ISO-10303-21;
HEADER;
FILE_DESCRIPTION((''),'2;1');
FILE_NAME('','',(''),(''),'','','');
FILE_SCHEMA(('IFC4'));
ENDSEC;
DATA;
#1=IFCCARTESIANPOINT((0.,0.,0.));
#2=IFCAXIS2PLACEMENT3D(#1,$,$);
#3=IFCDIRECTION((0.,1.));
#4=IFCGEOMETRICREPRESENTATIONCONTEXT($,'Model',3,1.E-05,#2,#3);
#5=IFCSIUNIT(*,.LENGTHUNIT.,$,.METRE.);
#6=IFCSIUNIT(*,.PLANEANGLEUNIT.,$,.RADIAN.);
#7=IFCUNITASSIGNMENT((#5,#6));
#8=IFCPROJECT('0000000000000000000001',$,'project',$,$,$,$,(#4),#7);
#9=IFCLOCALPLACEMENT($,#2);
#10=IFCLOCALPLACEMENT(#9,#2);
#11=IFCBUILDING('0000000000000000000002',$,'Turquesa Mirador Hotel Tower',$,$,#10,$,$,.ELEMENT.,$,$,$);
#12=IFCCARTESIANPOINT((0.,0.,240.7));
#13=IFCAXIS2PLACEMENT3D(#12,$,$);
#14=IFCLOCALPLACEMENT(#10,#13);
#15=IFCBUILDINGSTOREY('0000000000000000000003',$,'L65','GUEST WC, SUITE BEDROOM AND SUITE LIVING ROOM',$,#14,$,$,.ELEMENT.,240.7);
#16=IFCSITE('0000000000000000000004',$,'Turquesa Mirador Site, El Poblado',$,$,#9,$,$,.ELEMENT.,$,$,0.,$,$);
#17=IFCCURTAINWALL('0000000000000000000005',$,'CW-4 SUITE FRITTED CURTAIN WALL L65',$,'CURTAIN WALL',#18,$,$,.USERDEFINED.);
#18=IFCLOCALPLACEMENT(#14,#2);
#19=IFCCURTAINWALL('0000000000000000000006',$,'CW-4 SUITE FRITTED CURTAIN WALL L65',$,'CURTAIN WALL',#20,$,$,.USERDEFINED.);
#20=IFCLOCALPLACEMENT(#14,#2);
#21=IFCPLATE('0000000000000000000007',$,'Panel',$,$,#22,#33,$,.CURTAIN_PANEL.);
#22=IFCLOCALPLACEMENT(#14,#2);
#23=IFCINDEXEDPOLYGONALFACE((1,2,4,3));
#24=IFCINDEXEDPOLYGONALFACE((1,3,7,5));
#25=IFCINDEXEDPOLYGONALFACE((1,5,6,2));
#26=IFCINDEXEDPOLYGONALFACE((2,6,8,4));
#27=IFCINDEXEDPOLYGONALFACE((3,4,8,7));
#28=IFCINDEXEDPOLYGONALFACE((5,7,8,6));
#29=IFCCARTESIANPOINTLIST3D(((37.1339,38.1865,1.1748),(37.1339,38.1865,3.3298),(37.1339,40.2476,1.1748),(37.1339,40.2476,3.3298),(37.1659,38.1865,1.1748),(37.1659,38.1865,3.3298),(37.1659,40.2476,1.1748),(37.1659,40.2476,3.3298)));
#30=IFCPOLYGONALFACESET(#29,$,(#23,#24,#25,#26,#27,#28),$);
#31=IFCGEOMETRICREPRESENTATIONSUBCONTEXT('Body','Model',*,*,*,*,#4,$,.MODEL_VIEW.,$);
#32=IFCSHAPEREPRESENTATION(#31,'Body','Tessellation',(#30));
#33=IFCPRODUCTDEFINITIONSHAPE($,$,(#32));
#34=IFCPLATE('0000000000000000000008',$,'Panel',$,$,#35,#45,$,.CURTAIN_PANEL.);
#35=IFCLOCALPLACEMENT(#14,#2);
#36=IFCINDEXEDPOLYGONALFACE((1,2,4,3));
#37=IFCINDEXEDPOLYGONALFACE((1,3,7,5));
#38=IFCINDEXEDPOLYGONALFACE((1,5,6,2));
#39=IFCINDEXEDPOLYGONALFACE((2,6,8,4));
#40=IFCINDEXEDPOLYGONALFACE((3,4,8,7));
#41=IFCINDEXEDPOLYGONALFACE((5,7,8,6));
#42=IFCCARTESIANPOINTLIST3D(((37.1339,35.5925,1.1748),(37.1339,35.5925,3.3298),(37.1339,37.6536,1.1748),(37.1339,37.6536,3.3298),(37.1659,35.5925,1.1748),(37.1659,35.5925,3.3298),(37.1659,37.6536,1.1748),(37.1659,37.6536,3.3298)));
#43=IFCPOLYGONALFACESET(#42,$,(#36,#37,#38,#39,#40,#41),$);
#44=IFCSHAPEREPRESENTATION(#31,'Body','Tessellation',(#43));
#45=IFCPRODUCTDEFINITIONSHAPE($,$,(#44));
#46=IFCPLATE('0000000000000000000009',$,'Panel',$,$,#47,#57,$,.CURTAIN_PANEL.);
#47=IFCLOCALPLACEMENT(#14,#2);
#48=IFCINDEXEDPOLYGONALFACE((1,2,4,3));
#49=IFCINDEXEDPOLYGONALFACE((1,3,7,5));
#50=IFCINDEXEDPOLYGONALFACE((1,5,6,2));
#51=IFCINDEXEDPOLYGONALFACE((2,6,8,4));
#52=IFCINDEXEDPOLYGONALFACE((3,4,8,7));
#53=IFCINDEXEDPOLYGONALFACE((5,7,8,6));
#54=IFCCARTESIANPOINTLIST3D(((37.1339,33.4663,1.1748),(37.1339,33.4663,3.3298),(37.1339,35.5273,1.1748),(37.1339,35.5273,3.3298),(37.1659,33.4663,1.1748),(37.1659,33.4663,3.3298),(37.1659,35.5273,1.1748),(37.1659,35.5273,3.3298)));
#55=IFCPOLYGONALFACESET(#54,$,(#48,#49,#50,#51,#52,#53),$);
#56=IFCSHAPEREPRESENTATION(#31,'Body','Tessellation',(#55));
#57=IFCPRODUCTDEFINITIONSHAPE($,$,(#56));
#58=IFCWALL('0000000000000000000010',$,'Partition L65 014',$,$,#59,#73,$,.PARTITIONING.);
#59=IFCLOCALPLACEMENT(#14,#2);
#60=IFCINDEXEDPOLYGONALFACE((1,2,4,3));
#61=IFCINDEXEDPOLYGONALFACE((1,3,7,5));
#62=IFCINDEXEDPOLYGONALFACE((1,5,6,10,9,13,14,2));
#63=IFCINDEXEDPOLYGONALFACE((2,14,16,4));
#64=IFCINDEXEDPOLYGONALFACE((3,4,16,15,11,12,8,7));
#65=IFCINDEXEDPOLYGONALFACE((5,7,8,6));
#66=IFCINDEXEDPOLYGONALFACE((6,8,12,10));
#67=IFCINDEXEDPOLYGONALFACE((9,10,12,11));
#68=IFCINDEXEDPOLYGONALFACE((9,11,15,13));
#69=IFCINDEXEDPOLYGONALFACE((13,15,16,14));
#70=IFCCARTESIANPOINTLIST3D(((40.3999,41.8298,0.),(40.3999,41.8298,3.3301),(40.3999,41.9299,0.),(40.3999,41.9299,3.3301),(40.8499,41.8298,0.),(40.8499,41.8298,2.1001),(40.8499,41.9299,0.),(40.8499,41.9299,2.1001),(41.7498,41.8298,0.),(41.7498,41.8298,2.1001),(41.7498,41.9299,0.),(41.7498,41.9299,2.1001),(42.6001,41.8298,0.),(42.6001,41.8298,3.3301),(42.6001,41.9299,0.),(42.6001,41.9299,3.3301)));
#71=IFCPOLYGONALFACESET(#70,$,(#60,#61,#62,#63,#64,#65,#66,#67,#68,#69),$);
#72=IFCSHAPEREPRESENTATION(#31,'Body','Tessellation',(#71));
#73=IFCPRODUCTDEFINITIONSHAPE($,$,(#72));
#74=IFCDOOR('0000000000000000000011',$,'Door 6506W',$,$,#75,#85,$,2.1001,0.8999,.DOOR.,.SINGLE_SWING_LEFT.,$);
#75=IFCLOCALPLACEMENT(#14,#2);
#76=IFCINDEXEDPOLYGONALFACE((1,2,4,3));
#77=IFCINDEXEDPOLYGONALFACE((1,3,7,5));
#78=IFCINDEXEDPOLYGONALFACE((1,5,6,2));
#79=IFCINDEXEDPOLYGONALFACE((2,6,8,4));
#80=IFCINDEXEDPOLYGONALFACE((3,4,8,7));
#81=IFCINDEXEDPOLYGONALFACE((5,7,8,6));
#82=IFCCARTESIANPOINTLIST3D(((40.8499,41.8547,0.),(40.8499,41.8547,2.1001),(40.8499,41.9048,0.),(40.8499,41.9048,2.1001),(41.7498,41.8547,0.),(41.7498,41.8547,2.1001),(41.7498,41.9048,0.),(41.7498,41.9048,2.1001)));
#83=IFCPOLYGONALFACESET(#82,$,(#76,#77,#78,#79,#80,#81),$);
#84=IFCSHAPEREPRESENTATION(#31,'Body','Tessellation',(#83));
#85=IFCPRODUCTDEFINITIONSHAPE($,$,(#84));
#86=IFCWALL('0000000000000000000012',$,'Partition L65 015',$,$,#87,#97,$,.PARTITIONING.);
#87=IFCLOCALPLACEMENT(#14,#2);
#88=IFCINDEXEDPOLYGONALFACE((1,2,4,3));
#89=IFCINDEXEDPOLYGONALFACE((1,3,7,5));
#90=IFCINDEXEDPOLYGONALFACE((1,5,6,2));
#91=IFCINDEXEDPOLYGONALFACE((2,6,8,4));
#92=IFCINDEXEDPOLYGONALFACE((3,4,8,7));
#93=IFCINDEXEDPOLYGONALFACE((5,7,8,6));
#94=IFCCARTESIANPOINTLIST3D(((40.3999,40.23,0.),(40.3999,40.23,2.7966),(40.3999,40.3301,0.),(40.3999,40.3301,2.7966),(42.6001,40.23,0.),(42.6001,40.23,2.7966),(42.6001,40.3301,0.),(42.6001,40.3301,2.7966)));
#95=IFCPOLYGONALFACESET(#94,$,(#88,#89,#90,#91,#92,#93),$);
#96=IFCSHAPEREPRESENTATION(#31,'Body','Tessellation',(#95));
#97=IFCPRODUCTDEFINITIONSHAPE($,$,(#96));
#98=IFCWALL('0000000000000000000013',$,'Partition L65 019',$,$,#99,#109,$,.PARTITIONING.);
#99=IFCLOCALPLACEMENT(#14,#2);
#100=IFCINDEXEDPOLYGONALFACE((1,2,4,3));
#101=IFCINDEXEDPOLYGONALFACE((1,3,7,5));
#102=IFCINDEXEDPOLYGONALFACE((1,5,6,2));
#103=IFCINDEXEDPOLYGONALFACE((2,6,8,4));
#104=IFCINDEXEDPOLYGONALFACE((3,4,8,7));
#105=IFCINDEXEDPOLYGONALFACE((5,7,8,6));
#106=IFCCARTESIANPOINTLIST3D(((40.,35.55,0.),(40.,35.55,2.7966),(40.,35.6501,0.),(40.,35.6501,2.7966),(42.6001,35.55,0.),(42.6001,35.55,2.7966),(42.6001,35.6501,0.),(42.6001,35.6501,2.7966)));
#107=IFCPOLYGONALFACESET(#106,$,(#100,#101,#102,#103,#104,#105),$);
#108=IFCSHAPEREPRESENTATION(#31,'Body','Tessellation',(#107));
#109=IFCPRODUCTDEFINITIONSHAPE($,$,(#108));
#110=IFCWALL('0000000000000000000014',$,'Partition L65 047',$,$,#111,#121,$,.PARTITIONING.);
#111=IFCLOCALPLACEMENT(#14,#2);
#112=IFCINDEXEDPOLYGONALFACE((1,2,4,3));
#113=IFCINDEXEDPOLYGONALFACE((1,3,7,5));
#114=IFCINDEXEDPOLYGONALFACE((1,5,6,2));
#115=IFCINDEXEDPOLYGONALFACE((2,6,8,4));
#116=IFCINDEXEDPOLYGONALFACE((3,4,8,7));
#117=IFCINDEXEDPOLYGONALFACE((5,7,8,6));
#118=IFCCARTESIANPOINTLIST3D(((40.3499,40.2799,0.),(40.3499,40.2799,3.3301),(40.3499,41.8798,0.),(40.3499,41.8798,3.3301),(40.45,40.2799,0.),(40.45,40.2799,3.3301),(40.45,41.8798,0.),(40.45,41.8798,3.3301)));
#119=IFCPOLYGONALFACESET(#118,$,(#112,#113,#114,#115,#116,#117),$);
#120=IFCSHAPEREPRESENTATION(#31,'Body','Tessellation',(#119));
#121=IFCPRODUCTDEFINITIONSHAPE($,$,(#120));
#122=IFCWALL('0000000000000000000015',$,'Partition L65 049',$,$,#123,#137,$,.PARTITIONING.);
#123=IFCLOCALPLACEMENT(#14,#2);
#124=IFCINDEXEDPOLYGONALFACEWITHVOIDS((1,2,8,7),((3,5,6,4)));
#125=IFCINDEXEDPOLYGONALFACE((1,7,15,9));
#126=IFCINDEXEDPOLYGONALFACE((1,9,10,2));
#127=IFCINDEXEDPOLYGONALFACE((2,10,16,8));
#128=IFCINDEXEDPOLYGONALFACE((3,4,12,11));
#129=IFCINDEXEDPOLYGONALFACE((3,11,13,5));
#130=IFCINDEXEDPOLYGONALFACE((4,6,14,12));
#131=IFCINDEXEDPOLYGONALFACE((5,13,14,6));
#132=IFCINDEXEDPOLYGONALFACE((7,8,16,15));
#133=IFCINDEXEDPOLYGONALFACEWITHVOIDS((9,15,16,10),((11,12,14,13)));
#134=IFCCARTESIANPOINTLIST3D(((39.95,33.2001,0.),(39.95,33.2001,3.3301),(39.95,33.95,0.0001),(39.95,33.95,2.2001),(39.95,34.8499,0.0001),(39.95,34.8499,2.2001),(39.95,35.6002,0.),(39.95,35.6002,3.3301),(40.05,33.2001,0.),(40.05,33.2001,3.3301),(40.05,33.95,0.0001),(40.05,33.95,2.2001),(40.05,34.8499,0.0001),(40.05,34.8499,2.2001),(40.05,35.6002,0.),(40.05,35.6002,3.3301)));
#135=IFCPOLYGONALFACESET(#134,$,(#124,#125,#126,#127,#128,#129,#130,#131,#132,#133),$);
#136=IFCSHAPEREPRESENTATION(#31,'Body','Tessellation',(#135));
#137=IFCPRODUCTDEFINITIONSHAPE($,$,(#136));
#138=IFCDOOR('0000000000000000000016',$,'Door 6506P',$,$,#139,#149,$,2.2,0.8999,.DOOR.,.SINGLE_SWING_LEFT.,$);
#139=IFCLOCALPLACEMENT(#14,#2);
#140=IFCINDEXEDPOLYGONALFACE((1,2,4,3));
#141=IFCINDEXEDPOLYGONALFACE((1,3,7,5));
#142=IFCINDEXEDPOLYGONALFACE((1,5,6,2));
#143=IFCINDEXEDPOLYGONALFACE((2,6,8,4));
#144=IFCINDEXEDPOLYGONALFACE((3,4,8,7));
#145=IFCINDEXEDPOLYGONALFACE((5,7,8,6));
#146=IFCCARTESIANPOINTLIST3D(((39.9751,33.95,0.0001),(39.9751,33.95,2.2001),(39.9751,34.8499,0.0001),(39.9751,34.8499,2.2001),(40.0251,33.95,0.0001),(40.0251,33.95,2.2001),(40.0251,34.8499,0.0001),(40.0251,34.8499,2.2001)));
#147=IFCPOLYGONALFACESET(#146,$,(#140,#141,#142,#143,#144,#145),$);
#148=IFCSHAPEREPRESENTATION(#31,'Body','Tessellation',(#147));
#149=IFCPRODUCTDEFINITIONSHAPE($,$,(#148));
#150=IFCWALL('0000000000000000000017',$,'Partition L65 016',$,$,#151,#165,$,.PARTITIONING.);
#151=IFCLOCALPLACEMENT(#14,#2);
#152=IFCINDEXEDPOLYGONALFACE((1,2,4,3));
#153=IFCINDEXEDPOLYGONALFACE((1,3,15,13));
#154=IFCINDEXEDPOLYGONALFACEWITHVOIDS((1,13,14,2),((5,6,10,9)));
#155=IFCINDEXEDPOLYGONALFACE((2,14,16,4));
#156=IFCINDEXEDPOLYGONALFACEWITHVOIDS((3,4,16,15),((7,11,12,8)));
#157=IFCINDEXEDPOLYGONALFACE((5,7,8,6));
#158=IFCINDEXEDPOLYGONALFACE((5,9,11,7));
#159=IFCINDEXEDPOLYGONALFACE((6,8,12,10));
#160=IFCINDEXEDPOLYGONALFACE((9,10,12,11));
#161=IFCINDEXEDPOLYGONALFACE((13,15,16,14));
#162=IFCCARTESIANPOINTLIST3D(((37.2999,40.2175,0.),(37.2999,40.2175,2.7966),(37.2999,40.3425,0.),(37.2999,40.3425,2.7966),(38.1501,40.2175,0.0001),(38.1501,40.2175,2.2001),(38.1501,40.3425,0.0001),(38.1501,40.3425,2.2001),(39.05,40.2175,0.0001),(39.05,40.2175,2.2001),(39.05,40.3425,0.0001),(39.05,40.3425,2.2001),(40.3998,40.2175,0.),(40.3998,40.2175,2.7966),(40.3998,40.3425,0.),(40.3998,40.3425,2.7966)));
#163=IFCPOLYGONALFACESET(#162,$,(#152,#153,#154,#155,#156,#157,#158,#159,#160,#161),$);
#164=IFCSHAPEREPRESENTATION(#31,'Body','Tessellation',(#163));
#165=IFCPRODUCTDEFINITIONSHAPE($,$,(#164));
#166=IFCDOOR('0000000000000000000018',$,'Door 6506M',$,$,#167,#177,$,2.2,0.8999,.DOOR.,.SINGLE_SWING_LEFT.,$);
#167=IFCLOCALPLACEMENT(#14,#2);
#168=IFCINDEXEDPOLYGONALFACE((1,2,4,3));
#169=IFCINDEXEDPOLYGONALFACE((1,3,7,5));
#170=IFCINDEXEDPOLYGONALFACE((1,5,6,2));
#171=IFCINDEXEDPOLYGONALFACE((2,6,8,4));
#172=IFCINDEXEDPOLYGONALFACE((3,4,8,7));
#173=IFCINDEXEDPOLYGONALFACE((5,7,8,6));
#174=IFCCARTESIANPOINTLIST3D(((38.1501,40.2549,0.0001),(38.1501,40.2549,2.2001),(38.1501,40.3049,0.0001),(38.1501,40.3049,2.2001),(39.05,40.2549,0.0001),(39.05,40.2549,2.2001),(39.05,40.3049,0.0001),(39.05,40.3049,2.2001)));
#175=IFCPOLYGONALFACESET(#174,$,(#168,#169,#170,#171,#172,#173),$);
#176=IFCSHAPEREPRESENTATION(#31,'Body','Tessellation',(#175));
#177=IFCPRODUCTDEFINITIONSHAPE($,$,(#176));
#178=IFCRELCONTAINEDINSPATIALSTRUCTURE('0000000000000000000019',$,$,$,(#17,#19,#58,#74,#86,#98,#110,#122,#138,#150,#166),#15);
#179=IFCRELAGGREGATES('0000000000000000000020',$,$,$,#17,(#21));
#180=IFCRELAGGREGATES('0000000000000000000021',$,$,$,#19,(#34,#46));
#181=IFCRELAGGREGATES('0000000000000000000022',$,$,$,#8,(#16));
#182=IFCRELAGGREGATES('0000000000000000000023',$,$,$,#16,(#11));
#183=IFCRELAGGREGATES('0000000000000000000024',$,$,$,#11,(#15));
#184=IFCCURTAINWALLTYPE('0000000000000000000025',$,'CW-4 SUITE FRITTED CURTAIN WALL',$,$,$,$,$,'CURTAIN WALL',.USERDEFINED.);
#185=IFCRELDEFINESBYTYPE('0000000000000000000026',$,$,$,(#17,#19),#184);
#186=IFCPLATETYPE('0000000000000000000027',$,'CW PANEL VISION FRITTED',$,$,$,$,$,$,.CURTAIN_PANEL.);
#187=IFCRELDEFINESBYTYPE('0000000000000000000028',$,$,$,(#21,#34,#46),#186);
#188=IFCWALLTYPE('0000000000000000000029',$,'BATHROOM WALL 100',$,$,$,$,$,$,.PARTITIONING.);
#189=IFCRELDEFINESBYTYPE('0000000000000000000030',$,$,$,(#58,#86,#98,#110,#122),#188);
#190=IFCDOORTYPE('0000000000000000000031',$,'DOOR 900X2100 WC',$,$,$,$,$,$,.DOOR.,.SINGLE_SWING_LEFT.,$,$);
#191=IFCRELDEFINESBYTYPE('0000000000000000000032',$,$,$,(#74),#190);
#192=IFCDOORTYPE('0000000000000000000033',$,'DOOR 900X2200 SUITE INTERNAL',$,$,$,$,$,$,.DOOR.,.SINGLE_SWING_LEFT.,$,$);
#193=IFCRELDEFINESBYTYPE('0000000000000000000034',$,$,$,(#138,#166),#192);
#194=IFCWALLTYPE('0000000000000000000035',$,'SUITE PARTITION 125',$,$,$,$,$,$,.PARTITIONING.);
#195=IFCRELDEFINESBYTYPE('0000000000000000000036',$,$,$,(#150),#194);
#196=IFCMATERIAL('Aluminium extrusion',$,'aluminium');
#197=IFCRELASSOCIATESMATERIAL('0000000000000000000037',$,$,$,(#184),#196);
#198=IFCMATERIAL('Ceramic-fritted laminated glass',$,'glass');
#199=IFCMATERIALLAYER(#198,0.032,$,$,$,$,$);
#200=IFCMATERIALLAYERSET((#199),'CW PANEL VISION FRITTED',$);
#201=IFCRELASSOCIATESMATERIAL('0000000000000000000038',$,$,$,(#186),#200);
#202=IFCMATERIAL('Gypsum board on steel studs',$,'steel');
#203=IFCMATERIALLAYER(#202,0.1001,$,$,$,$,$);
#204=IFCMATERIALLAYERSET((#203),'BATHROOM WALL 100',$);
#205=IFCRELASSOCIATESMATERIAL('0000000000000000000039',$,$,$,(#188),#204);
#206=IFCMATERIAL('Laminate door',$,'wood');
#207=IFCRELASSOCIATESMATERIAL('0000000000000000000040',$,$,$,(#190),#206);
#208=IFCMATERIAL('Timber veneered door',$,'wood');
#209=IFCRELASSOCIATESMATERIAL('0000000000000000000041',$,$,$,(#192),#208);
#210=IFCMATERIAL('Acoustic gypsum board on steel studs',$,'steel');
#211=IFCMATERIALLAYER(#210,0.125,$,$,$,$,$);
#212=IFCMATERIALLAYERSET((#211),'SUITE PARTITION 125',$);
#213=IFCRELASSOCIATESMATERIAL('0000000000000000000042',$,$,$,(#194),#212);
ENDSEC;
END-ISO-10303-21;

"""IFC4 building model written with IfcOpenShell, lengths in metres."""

from ifc_helpers import new_model, si_unit, direction, frame, frame_2d, origin, origin_2d, place, context, subcontext, project, spatial, rectangle, extrude, material, layer, layer_set, type_object, element, fill, aggregate, save


model = new_model("IFC4")

# Units and contexts
model_context = context("Model", 3, precision=1e-05, world=origin(), true_north=direction((0.0, 1.0)))
body_context = subcontext(model_context, "Body", "Model", "MODEL_VIEW")
ifc_project = project(units=[si_unit("LENGTHUNIT", "METRE"), si_unit("PLANEANGLEUNIT", "RADIAN")], contexts=[model_context])

# Site, building, storey
site_placement = place(None, origin())
site = spatial("IfcSite", under=ifc_project, at=site_placement, Name="Turquesa Mirador Site, El Poblado", CompositionType="ELEMENT", RefElevation=0.0)
building_placement = place(site_placement, origin())
building = spatial("IfcBuilding", under=site, at=building_placement, Name="Turquesa Mirador Hotel Tower", CompositionType="ELEMENT")
storey_placement = place(building_placement, frame((0.0, 0.0, 240.7)))
storey = spatial("IfcBuildingStorey", under=building, at=storey_placement, Name="L65", Description="GUEST WC, SUITE BEDROOM AND SUITE LIVING ROOM", CompositionType="ELEMENT", Elevation=240.7)

# Curtain walls
ifc_material_1 = material(Name="Aluminium extrusion", Category="aluminium")
curtain_wall_type = type_object("IfcCurtainWallType", Name="CW-4 SUITE FRITTED CURTAIN WALL", ElementType="CURTAIN WALL", PredefinedType="USERDEFINED", material=ifc_material_1)
curtain_wall_1_placement = place(storey_placement, origin())
curtain_wall_1 = element("IfcCurtainWall", 1, at=curtain_wall_1_placement, inside=storey, type_object=curtain_wall_type, Name="CW-4 SUITE FRITTED CURTAIN WALL L65", ObjectType="CURTAIN WALL", PredefinedType="USERDEFINED")
curtain_wall_2_placement = place(storey_placement, origin())
curtain_wall_2 = element("IfcCurtainWall", 2, at=curtain_wall_2_placement, inside=storey, type_object=curtain_wall_type, Name="CW-4 SUITE FRITTED CURTAIN WALL L65", ObjectType="CURTAIN WALL", PredefinedType="USERDEFINED")

# Plates
ifc_material_2 = material(Name="Ceramic-fritted laminated glass", Category="glass")
ifc_layer_1 = layer(ifc_material_2, 0.032)
ifc_layer_set_1 = layer_set([ifc_layer_1], Name="CW PANEL VISION FRITTED")
plate_type_1 = type_object("IfcPlateType", Name="CW PANEL VISION FRITTED", PredefinedType="CURTAIN_PANEL", material=ifc_layer_set_1)
plate_1_placement = place(storey_placement, frame((37.1499, 39.217, 1.1748), z_axis=(0.0, 0.0, 1.0), x_axis=(0.0, -1.0, 0.0)))
plate_1 = element("IfcPlate", 3, at=plate_1_placement, type_object=plate_type_1, Name="Panel", PredefinedType="CURTAIN_PANEL", context=body_context, shape_type="SweptSolid", body=[
    extrude(rectangle(XDim=2.061, YDim=0.032, at=origin_2d()), origin(), (0.0, 0.0, 1.0), 2.155),
])
aggregate(curtain_wall_1, [plate_1])
plate_2_placement = place(storey_placement, frame((37.1499, 36.623, 1.1748), z_axis=(0.0, 0.0, 1.0), x_axis=(0.0, -1.0, 0.0)))
plate_2 = element("IfcPlate", 4, at=plate_2_placement, type_object=plate_type_1, Name="Panel", PredefinedType="CURTAIN_PANEL", context=body_context, shape_type="SweptSolid", body=[
    extrude(rectangle(XDim=2.061, YDim=0.032, at=origin_2d()), origin(), (0.0, 0.0, 1.0), 2.155),
])
plate_3_placement = place(storey_placement, frame((37.1499, 34.4968, 1.1748), z_axis=(0.0, 0.0, 1.0), x_axis=(0.0, -1.0, 0.0)))
plate_3 = element("IfcPlate", 5, at=plate_3_placement, type_object=plate_type_1, Name="Panel", PredefinedType="CURTAIN_PANEL", context=body_context, shape_type="SweptSolid", body=[
    extrude(rectangle(XDim=2.061, YDim=0.032, at=origin_2d()), origin(), (0.0, 0.0, 1.0), 2.155),
])
aggregate(curtain_wall_2, [plate_2, plate_3])

# Wall, opening, door
ifc_material_3 = material(Name="Gypsum board on steel studs", Category="steel")
ifc_layer_2 = layer(ifc_material_3, 0.1001)
ifc_layer_set_2 = layer_set([ifc_layer_2], Name="BATHROOM WALL 100")
wall_type_1 = type_object("IfcWallType", Name="BATHROOM WALL 100", PredefinedType="PARTITIONING", material=ifc_layer_set_2)
wall_1_placement = place(storey_placement, frame((40.3999, 41.8799, 0.0), z_axis=(0.0, 0.0, 1.0), x_axis=(1.0, 0.0, 0.0)))
wall_1 = element("IfcWall", 6, at=wall_1_placement, inside=storey, type_object=wall_type_1, Name="Partition L65 014", PredefinedType="PARTITIONING", context=body_context, shape_type="SweptSolid", body=[
    extrude(rectangle(XDim=2.2002, YDim=0.1001, at=frame_2d((1.1001, 0.0))), origin(), (0.0, 0.0, 1.0), 3.3301),
])
opening_1_placement = place(wall_1_placement, frame((0.45, 0.0, 0.0)))
opening_1 = element("IfcOpeningElement", 7, at=opening_1_placement, cuts=wall_1, PredefinedType="OPENING", context=body_context, shape_type="SweptSolid", body=[
    extrude(rectangle(XDim=0.8999, YDim=2.1001, at=frame_2d((0.45, 1.05))), frame((0.0, 0.0601, 0.0), z_axis=(0.0, -1.0, 0.0), x_axis=(1.0, 0.0, 0.0)), (0.0, 0.0, 1.0), 0.1201),
])
ifc_material_4 = material(Name="Laminate door", Category="wood")
door_type_1 = type_object("IfcDoorType", Name="DOOR 900X2100 WC", OperationType="SINGLE_SWING_LEFT", PredefinedType="DOOR", material=ifc_material_4)
door_1_placement = place(opening_1_placement, origin())
door_1 = element("IfcDoor", 8, at=door_1_placement, inside=storey, type_object=door_type_1, Name="Door 6506W", OperationType="SINGLE_SWING_LEFT", OverallHeight=2.1001, OverallWidth=0.8999, PredefinedType="DOOR", context=body_context, shape_type="SweptSolid", body=[
    extrude(rectangle(XDim=0.8999, YDim=2.1001, at=frame_2d((0.45, 1.05))), frame((0.0, 0.0249, 0.0), z_axis=(0.0, -1.0, 0.0), x_axis=(1.0, 0.0, 0.0)), (0.0, 0.0, 1.0), 0.05),
])
fill(opening_1, door_1)

# Walls
wall_2_placement = place(storey_placement, frame((40.3999, 40.28, 0.0), z_axis=(0.0, 0.0, 1.0), x_axis=(1.0, 0.0, 0.0)))
element("IfcWall", 9, at=wall_2_placement, inside=storey, type_object=wall_type_1, Name="Partition L65 015", PredefinedType="PARTITIONING", context=body_context, shape_type="SweptSolid", body=[
    extrude(rectangle(XDim=2.2002, YDim=0.1001, at=frame_2d((1.1001, 0.0))), origin(), (0.0, 0.0, 1.0), 2.7966),
])
wall_3_placement = place(storey_placement, frame((40.0, 35.6001, 0.0), z_axis=(0.0, 0.0, 1.0), x_axis=(1.0, 0.0, 0.0)))
element("IfcWall", 10, at=wall_3_placement, inside=storey, type_object=wall_type_1, Name="Partition L65 019", PredefinedType="PARTITIONING", context=body_context, shape_type="SweptSolid", body=[
    extrude(rectangle(XDim=2.6001, YDim=0.1001, at=frame_2d((1.3, 0.0))), origin(), (0.0, 0.0, 1.0), 2.7966),
])
wall_4_placement = place(storey_placement, frame((40.3999, 40.28, 0.0), z_axis=(0.0, 0.0, 1.0), x_axis=(0.0, 1.0, 0.0)))
element("IfcWall", 11, at=wall_4_placement, inside=storey, type_object=wall_type_1, Name="Partition L65 047", PredefinedType="PARTITIONING", context=body_context, shape_type="SweptSolid", body=[
    extrude(rectangle(XDim=1.5999, YDim=0.1001, at=frame_2d((0.7998, 0.0))), origin(), (0.0, 0.0, 1.0), 3.3301),
])

# Walls, openings, doors
wall_5_placement = place(storey_placement, frame((40.0, 33.2, 0.0), z_axis=(0.0, 0.0, 1.0), x_axis=(0.0, 1.0, 0.0)))
wall_5 = element("IfcWall", 12, at=wall_5_placement, inside=storey, type_object=wall_type_1, Name="Partition L65 049", PredefinedType="PARTITIONING", context=body_context, shape_type="SweptSolid", body=[
    extrude(rectangle(XDim=2.4001, YDim=0.1001, at=frame_2d((1.2002, 0.0))), origin(), (0.0, 0.0, 1.0), 3.3301),
])
opening_2_placement = place(wall_5_placement, frame((0.75, 0.0, 0.0)))
opening_2 = element("IfcOpeningElement", 13, at=opening_2_placement, cuts=wall_5, PredefinedType="OPENING", context=body_context, shape_type="SweptSolid", body=[
    extrude(rectangle(XDim=0.8999, YDim=2.2, at=frame_2d((0.45, 1.1001))), frame((0.0, 0.0601, 0.0), z_axis=(0.0, -1.0, 0.0), x_axis=(1.0, 0.0, 0.0)), (0.0, 0.0, 1.0), 0.1201),
])
ifc_material_5 = material(Name="Timber veneered door", Category="wood")
door_type_2 = type_object("IfcDoorType", Name="DOOR 900X2200 SUITE INTERNAL", OperationType="SINGLE_SWING_LEFT", PredefinedType="DOOR", material=ifc_material_5)
door_2_placement = place(opening_2_placement, origin())
door_2 = element("IfcDoor", 14, at=door_2_placement, inside=storey, type_object=door_type_2, Name="Door 6506P", OperationType="SINGLE_SWING_LEFT", OverallHeight=2.2, OverallWidth=0.8999, PredefinedType="DOOR", context=body_context, shape_type="SweptSolid", body=[
    extrude(rectangle(XDim=0.8999, YDim=2.2, at=frame_2d((0.45, 1.1001))), frame((0.0, 0.0249, 0.0), z_axis=(0.0, -1.0, 0.0), x_axis=(1.0, 0.0, 0.0)), (0.0, 0.0, 1.0), 0.05),
])
fill(opening_2, door_2)
ifc_material_6 = material(Name="Acoustic gypsum board on steel studs", Category="steel")
ifc_layer_3 = layer(ifc_material_6, 0.125)
ifc_layer_set_3 = layer_set([ifc_layer_3], Name="SUITE PARTITION 125")
wall_type_2 = type_object("IfcWallType", Name="SUITE PARTITION 125", PredefinedType="PARTITIONING", material=ifc_layer_set_3)
wall_6_placement = place(storey_placement, frame((37.3, 40.28, 0.0), z_axis=(0.0, 0.0, 1.0), x_axis=(1.0, 0.0, 0.0)))
wall_6 = element("IfcWall", 15, at=wall_6_placement, inside=storey, type_object=wall_type_2, Name="Partition L65 016", PredefinedType="PARTITIONING", context=body_context, shape_type="SweptSolid", body=[
    extrude(rectangle(XDim=3.0999, YDim=0.125, at=frame_2d((1.5498, 0.0))), origin(), (0.0, 0.0, 1.0), 2.7966),
])
opening_3_placement = place(wall_6_placement, frame((0.8501, 0.0, 0.0)))
opening_3 = element("IfcOpeningElement", 16, at=opening_3_placement, cuts=wall_6, PredefinedType="OPENING", context=body_context, shape_type="SweptSolid", body=[
    extrude(rectangle(XDim=0.8999, YDim=2.2, at=frame_2d((0.45, 1.1001))), frame((0.0, 0.0725, 0.0), z_axis=(0.0, -1.0, 0.0), x_axis=(1.0, 0.0, 0.0)), (0.0, 0.0, 1.0), 0.145),
])
door_3_placement = place(opening_3_placement, origin())
door_3 = element("IfcDoor", 17, at=door_3_placement, inside=storey, type_object=door_type_2, Name="Door 6506M", OperationType="SINGLE_SWING_LEFT", OverallHeight=2.2, OverallWidth=0.8999, PredefinedType="DOOR", context=body_context, shape_type="SweptSolid", body=[
    extrude(rectangle(XDim=0.8999, YDim=2.2, at=frame_2d((0.45, 1.1001))), frame((0.0, 0.0249, 0.0), z_axis=(0.0, -1.0, 0.0), x_axis=(1.0, 0.0, 0.0)), (0.0, 0.0, 1.0), 0.05),
])
fill(opening_3, door_3)

save(model, "model.ifc")
